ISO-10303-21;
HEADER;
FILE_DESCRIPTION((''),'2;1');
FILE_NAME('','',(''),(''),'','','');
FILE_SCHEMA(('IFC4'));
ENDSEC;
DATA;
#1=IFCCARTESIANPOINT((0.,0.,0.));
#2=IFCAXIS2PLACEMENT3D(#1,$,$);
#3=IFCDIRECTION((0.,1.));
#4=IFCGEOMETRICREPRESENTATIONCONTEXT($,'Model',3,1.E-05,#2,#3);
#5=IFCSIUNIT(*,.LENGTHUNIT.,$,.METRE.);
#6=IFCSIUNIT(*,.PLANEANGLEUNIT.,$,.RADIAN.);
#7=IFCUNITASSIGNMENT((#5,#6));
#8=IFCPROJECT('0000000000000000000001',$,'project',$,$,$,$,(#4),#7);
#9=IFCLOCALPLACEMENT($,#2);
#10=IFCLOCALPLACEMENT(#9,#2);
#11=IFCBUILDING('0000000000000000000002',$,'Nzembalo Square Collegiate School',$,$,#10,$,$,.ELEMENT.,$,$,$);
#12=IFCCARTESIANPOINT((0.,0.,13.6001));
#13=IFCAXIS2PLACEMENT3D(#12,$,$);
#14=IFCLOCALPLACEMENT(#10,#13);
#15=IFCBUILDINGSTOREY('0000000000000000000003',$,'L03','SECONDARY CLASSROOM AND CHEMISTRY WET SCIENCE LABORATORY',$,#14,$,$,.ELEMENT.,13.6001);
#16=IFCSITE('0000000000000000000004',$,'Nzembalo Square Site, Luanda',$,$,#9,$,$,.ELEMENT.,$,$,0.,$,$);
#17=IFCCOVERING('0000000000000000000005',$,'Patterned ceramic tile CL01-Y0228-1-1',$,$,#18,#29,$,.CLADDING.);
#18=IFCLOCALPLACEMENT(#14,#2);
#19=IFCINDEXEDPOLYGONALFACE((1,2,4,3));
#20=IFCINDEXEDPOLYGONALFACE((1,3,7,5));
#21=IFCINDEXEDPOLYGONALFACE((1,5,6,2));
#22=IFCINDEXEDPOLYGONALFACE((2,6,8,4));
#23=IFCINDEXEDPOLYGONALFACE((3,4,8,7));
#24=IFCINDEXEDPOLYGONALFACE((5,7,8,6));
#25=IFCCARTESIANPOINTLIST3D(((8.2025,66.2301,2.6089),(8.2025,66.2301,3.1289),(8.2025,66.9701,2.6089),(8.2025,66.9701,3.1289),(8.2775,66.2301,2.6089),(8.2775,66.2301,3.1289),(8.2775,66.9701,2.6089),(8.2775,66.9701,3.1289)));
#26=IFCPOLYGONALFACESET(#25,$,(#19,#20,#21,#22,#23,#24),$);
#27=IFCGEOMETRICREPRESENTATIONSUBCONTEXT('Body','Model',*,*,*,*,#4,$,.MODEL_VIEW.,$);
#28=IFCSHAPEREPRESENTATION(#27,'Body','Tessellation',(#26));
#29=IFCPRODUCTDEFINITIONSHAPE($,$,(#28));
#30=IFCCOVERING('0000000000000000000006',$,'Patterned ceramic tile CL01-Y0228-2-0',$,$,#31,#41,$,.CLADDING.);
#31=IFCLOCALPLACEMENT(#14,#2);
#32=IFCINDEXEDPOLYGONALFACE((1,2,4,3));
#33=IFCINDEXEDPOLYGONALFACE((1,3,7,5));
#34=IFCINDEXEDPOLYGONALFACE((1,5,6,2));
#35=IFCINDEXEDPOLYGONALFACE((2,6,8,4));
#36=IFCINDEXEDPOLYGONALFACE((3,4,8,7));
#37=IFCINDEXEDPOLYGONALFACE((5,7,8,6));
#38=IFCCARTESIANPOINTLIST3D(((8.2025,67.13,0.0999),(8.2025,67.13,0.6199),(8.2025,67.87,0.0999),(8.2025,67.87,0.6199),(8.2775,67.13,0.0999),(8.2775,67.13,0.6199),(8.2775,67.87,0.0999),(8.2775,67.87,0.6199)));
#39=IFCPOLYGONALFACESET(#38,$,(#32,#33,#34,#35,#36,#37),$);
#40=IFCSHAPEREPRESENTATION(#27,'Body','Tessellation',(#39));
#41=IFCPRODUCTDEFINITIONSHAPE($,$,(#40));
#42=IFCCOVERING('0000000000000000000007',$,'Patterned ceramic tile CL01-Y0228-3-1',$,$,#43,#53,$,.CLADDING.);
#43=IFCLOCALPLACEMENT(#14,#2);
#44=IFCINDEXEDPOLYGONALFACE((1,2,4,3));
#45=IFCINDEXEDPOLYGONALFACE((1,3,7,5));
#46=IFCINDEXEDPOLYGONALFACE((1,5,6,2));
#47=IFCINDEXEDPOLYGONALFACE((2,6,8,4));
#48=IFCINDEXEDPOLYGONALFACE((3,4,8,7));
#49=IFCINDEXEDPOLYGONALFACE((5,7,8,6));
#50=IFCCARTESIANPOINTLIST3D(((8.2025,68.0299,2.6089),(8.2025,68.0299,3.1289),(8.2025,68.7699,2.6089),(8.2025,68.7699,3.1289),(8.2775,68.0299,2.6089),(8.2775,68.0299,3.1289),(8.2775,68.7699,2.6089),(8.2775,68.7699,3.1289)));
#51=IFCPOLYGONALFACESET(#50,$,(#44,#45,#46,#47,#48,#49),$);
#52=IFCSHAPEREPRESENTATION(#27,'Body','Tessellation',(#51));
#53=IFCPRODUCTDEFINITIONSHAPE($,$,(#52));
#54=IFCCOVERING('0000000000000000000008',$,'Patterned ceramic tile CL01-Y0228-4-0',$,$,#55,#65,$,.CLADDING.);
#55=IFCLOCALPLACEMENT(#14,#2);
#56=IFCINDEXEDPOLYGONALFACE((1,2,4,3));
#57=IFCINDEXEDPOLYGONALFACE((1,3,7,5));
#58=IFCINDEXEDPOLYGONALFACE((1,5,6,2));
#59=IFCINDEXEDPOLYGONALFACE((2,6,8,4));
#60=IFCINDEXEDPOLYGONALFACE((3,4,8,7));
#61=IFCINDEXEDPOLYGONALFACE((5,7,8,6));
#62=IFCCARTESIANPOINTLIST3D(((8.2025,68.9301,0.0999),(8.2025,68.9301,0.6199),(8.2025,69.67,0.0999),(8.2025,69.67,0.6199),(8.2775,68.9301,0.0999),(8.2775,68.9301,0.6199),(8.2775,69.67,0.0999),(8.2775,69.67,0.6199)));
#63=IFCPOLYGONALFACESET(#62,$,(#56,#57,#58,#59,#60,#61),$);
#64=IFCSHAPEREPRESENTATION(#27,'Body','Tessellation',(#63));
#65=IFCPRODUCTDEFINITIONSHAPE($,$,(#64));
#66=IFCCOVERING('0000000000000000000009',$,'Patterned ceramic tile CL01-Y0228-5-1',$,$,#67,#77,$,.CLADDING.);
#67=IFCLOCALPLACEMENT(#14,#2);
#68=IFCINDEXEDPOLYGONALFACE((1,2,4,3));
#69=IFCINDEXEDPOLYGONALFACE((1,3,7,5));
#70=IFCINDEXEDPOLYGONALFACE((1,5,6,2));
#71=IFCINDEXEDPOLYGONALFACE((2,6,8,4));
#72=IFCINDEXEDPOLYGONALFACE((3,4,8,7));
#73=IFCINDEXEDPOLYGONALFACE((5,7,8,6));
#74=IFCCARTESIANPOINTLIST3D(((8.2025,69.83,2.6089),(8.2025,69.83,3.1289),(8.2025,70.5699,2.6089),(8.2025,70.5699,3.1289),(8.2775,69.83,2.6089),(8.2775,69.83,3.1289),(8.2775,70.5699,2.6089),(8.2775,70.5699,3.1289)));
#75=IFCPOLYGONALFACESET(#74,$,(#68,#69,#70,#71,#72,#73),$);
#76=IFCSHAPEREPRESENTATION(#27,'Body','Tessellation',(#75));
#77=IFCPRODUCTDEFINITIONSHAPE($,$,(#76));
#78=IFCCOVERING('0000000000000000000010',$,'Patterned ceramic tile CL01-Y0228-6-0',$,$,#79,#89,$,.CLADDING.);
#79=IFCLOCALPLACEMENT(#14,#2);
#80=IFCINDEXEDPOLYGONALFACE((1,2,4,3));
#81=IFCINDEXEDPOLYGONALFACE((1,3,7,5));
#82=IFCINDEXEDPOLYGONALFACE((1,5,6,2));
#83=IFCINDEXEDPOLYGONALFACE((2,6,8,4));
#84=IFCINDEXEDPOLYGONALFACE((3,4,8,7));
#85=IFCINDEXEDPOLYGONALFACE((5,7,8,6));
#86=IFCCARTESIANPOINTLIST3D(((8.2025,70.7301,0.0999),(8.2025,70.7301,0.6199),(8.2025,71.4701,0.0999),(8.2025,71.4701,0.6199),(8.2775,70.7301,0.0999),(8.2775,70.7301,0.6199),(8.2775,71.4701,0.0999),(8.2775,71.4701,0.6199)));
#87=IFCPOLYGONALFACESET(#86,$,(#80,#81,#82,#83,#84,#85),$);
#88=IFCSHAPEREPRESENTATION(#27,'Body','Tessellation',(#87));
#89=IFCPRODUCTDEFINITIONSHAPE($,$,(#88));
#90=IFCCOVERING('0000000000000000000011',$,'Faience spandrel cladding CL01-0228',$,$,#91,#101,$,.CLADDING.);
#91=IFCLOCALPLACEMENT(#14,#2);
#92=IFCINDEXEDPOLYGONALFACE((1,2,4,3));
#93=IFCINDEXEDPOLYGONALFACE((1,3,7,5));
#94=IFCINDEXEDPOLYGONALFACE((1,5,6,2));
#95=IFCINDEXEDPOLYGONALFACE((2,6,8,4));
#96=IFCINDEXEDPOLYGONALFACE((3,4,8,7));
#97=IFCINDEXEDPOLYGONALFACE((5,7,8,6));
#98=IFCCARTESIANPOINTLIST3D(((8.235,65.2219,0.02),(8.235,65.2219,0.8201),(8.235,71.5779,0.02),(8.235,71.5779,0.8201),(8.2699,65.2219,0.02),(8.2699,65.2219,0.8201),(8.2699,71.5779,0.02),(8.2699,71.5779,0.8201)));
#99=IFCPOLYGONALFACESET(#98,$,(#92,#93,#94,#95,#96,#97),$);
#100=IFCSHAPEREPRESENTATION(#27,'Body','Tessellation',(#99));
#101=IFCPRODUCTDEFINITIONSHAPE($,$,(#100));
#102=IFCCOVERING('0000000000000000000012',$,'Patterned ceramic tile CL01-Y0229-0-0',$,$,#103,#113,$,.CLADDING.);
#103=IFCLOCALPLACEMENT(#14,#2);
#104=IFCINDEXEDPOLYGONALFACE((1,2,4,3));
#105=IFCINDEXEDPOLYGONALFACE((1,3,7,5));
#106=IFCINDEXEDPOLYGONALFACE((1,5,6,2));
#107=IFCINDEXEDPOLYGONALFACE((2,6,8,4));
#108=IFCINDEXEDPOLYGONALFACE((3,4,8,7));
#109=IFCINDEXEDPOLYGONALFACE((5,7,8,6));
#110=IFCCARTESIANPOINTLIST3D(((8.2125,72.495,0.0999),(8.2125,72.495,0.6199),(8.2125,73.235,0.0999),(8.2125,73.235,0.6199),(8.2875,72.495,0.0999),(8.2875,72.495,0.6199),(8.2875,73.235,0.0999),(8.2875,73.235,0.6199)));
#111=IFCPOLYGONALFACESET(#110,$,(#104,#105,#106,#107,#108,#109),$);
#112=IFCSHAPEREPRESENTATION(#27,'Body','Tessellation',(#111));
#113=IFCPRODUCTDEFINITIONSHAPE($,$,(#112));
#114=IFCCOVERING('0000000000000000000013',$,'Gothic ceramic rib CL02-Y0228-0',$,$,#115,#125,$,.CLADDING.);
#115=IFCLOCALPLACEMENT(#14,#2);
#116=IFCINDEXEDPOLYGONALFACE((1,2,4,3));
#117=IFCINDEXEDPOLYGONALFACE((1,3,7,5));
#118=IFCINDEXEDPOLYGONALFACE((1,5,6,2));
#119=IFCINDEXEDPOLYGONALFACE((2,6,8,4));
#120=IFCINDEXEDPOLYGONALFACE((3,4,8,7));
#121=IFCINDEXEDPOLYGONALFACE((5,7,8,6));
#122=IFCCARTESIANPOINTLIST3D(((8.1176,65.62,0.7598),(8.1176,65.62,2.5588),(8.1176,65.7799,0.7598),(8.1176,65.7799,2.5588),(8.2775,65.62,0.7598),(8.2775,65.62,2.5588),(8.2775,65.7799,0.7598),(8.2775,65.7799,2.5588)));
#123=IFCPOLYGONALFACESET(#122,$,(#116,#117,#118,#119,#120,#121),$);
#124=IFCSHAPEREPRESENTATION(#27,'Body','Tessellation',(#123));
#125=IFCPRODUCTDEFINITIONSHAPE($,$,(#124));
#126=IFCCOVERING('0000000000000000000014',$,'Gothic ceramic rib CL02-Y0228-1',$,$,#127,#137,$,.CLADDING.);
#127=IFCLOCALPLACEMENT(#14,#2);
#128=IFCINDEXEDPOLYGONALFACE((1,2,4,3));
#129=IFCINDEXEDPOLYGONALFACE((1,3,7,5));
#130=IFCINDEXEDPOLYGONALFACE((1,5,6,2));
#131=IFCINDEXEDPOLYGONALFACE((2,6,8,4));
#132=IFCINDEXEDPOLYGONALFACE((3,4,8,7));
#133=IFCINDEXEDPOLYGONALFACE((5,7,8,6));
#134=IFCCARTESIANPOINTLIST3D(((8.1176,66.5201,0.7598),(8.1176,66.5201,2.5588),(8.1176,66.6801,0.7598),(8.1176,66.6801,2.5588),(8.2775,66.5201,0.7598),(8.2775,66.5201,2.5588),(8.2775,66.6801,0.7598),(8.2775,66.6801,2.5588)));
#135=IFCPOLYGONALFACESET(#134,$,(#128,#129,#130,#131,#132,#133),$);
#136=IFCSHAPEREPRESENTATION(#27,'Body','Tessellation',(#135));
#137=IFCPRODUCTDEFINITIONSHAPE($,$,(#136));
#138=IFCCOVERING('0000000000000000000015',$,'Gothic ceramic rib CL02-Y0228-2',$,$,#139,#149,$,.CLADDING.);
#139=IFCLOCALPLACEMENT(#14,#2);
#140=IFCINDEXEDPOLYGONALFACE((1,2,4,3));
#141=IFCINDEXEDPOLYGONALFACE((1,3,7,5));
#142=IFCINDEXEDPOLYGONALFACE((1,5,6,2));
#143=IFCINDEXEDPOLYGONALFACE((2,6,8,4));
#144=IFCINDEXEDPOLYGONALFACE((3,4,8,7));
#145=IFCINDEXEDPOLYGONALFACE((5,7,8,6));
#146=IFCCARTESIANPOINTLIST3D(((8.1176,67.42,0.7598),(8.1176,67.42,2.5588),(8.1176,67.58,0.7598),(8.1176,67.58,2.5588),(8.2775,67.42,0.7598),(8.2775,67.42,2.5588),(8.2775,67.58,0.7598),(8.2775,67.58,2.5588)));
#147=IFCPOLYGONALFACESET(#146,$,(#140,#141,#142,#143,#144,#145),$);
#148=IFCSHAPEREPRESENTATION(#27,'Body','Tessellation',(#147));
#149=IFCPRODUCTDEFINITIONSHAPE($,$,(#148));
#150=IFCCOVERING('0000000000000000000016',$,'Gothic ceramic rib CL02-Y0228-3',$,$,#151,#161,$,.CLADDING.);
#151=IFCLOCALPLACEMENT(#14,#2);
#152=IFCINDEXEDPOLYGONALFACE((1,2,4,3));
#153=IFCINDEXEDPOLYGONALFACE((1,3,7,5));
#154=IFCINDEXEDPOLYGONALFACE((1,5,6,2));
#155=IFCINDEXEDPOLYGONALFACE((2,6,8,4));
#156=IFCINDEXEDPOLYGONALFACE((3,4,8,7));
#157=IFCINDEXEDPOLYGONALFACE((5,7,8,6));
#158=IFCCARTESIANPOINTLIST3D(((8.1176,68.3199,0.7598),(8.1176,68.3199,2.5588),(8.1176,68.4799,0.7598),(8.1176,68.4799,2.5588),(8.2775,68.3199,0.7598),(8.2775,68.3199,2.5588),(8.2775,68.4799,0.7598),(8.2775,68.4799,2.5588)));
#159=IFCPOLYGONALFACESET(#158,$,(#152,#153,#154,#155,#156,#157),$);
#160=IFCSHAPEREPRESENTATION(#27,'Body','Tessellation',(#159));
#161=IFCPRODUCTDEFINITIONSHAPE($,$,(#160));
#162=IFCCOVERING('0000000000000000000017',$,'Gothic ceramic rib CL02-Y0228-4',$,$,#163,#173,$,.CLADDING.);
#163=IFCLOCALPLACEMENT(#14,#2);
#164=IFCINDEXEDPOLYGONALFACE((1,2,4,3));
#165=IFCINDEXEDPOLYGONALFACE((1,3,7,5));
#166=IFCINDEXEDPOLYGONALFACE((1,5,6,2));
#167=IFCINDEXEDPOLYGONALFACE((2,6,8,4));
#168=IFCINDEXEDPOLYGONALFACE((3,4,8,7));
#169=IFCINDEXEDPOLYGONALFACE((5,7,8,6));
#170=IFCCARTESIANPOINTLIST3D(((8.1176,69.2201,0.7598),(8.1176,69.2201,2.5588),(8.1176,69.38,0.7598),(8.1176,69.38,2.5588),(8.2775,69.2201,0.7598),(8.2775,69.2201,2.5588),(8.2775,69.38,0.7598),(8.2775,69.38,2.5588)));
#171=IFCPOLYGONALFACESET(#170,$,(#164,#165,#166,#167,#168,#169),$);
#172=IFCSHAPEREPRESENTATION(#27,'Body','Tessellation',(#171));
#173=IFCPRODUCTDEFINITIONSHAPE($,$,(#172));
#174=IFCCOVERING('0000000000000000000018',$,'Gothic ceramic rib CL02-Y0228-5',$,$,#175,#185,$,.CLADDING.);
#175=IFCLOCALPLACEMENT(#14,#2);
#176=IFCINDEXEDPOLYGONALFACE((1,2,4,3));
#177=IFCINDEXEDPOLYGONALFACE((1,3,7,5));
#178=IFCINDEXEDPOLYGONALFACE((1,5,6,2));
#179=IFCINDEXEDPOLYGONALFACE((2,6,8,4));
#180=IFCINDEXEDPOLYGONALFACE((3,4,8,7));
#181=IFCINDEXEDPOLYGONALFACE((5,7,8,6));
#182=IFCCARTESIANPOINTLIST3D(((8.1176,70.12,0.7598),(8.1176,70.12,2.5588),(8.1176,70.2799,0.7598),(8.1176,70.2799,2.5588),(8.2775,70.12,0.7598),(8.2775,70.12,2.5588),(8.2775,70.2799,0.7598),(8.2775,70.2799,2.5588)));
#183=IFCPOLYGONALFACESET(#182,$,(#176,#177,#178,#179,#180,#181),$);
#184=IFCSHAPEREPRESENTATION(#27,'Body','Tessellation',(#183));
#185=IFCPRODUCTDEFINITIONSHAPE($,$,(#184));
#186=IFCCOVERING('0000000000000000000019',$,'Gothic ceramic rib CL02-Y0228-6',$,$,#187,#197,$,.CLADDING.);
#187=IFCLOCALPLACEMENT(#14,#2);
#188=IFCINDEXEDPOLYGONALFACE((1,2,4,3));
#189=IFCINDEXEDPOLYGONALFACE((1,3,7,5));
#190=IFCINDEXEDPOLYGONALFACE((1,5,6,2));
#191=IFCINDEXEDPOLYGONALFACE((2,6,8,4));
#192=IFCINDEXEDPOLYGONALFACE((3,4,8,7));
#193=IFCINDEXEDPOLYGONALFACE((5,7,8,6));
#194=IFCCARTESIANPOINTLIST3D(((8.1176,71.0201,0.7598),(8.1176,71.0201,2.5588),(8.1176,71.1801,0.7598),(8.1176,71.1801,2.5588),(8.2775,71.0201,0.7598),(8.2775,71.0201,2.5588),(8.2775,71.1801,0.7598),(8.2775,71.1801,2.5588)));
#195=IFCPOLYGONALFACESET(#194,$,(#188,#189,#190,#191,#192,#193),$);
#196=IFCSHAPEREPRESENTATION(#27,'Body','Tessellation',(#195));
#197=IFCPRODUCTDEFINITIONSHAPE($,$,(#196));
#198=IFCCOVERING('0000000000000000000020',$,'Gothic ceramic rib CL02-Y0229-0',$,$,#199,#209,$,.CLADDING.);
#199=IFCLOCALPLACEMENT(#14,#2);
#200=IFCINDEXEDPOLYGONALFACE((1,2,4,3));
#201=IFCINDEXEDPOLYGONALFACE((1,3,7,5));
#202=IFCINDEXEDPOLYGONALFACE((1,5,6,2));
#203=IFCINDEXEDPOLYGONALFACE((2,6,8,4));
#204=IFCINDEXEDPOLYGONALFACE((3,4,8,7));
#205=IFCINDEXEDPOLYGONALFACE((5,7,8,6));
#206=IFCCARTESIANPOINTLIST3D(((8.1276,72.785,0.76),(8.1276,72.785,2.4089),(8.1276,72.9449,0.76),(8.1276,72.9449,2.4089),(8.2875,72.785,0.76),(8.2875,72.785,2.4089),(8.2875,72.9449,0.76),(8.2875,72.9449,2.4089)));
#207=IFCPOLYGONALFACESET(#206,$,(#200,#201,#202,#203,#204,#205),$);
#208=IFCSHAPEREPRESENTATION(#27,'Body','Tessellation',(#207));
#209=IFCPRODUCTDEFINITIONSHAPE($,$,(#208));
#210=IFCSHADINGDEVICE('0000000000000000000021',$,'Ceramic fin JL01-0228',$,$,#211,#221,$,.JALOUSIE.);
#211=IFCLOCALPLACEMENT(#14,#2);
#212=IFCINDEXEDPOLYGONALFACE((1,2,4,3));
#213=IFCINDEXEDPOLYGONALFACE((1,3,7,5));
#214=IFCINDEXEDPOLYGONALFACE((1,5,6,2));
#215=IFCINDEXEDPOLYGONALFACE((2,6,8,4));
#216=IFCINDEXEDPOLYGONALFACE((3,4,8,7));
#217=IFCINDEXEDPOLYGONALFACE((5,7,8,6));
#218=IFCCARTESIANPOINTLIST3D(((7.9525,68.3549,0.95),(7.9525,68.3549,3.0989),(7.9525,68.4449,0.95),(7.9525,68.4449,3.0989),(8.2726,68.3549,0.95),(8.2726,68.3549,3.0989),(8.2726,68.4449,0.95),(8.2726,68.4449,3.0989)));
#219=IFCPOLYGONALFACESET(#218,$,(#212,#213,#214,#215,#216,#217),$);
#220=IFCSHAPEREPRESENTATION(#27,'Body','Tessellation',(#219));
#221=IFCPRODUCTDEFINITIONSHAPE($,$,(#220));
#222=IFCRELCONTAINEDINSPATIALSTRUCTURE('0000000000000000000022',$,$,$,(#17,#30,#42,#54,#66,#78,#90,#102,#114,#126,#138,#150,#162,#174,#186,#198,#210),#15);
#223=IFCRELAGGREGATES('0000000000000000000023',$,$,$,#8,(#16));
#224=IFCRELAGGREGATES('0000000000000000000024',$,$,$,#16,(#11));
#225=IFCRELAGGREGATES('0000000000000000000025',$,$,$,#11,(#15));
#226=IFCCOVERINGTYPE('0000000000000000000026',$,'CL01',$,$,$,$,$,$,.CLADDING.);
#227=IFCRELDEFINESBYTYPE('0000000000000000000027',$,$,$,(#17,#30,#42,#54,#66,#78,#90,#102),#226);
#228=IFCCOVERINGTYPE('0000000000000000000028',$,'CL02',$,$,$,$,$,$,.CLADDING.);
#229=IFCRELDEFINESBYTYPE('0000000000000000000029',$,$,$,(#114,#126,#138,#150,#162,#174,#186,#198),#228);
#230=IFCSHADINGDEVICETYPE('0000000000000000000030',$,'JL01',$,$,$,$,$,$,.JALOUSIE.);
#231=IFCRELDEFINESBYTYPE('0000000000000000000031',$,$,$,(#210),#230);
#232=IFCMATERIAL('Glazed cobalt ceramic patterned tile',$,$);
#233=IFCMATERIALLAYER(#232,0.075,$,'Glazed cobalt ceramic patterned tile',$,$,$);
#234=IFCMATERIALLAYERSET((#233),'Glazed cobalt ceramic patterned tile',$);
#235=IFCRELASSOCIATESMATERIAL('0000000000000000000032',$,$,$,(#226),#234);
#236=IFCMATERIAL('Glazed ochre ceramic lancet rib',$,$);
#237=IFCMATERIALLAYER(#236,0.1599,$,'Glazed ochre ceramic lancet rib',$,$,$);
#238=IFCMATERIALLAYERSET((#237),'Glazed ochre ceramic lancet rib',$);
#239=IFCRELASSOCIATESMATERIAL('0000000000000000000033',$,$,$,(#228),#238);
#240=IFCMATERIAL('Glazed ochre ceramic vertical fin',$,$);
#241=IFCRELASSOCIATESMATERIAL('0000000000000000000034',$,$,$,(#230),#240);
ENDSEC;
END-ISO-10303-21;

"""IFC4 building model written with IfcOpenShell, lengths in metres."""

from ifc_helpers import new_model, si_unit, direction, frame, origin, origin_2d, place, context, subcontext, project, spatial, rectangle, extrude, material, layer, layer_set, type_object, element, save


model = new_model("IFC4")

# Units and contexts
model_context = context("Model", 3, precision=1e-05, world=origin(), true_north=direction((0.0, 1.0)))
body_context = subcontext(model_context, "Body", "Model", "MODEL_VIEW")
ifc_project = project(units=[si_unit("LENGTHUNIT", "METRE"), si_unit("PLANEANGLEUNIT", "RADIAN")], contexts=[model_context])

# Site, building, storey
site_placement = place(None, origin())
site = spatial("IfcSite", under=ifc_project, at=site_placement, Name="Nzembalo Square Site, Luanda", CompositionType="ELEMENT", RefElevation=0.0)
building_placement = place(site_placement, origin())
building = spatial("IfcBuilding", under=site, at=building_placement, Name="Nzembalo Square Collegiate School", CompositionType="ELEMENT")
storey_placement = place(building_placement, frame((0.0, 0.0, 13.6001)))
storey = spatial("IfcBuildingStorey", under=building, at=storey_placement, Name="L03", Description="SECONDARY CLASSROOM AND CHEMISTRY WET SCIENCE LABORATORY", CompositionType="ELEMENT", Elevation=13.6001)

# Coverings
ifc_material_1 = material(Name="Glazed cobalt ceramic patterned tile")
ifc_layer_1 = layer(ifc_material_1, 0.075, Name="Glazed cobalt ceramic patterned tile")
ifc_layer_set_1 = layer_set([ifc_layer_1], Name="Glazed cobalt ceramic patterned tile")
covering_type_1 = type_object("IfcCoveringType", Name="CL01", PredefinedType="CLADDING", material=ifc_layer_set_1)
for number, where, z_axis, x_axis, name in (
    (1, (8.24, 66.6001, 2.6089), (0.0, 0.0, 1.0), (1.0, 0.0, 0.0), "Patterned ceramic tile CL01-Y0228-1-1"),
    (2, (8.24, 67.5, 0.0999), (0.0, 0.0, 1.0), (1.0, 0.0, 0.0), "Patterned ceramic tile CL01-Y0228-2-0"),
    (3, (8.24, 68.3999, 2.6089), (0.0, 0.0, 1.0), (1.0, 0.0, 0.0), "Patterned ceramic tile CL01-Y0228-3-1"),
    (4, (8.24, 69.3, 0.0999), (0.0, 0.0, 1.0), (1.0, 0.0, 0.0), "Patterned ceramic tile CL01-Y0228-4-0"),
    (5, (8.24, 70.2, 2.6089), (0.0, 0.0, 1.0), (1.0, 0.0, 0.0), "Patterned ceramic tile CL01-Y0228-5-1"),
    (6, (8.24, 71.1001, 0.0999), (0.0, 0.0, 1.0), (1.0, 0.0, 0.0), "Patterned ceramic tile CL01-Y0228-6-0"),
):
    element("IfcCovering", number, at=place(storey_placement, frame(where, z_axis=z_axis, x_axis=x_axis)), inside=storey, type_object=covering_type_1, Name=name, PredefinedType="CLADDING", context=body_context, shape_type="SweptSolid", body=[
        extrude(rectangle(XDim=0.075, YDim=0.74, at=origin_2d()), origin(), (0.0, 0.0, 1.0), 0.52),
    ])
covering_1_placement = place(storey_placement, frame((8.2524, 68.3999, 0.02), z_axis=(0.0, 0.0, 1.0), x_axis=(1.0, 0.0, 0.0)))
element("IfcCovering", 7, at=covering_1_placement, inside=storey, type_object=covering_type_1, Name="Faience spandrel cladding CL01-0228", PredefinedType="CLADDING", context=body_context, shape_type="SweptSolid", body=[
    extrude(rectangle(XDim=0.0349, YDim=6.356, at=origin_2d()), origin(), (0.0, 0.0, 1.0), 0.8),
])
covering_2_placement = place(storey_placement, frame((8.25, 72.865, 0.0999), z_axis=(0.0, 0.0, 1.0), x_axis=(1.0, 0.0, 0.0)))
element("IfcCovering", 8, at=covering_2_placement, inside=storey, type_object=covering_type_1, Name="Patterned ceramic tile CL01-Y0229-0-0", PredefinedType="CLADDING", context=body_context, shape_type="SweptSolid", body=[
    extrude(rectangle(XDim=0.075, YDim=0.74, at=origin_2d()), origin(), (0.0, 0.0, 1.0), 0.52),
])
ifc_material_2 = material(Name="Glazed ochre ceramic lancet rib")
ifc_layer_2 = layer(ifc_material_2, 0.1599, Name="Glazed ochre ceramic lancet rib")
ifc_layer_set_2 = layer_set([ifc_layer_2], Name="Glazed ochre ceramic lancet rib")
covering_type_2 = type_object("IfcCoveringType", Name="CL02", PredefinedType="CLADDING", material=ifc_layer_set_2)
for number, where, z_axis, x_axis, name in (
    (9, (8.1975, 65.7, 0.7598), (0.0, 0.0, 1.0), (1.0, 0.0, 0.0), "Gothic ceramic rib CL02-Y0228-0"),
    (10, (8.1975, 66.6001, 0.7598), (0.0, 0.0, 1.0), (1.0, 0.0, 0.0), "Gothic ceramic rib CL02-Y0228-1"),
    (11, (8.1975, 67.5, 0.7598), (0.0, 0.0, 1.0), (1.0, 0.0, 0.0), "Gothic ceramic rib CL02-Y0228-2"),
    (12, (8.1975, 68.3999, 0.7598), (0.0, 0.0, 1.0), (1.0, 0.0, 0.0), "Gothic ceramic rib CL02-Y0228-3"),
    (13, (8.1975, 69.3, 0.7598), (0.0, 0.0, 1.0), (1.0, 0.0, 0.0), "Gothic ceramic rib CL02-Y0228-4"),
    (14, (8.1975, 70.2, 0.7598), (0.0, 0.0, 1.0), (1.0, 0.0, 0.0), "Gothic ceramic rib CL02-Y0228-5"),
    (15, (8.1975, 71.1001, 0.7598), (0.0, 0.0, 1.0), (1.0, 0.0, 0.0), "Gothic ceramic rib CL02-Y0228-6"),
):
    element("IfcCovering", number, at=place(storey_placement, frame(where, z_axis=z_axis, x_axis=x_axis)), inside=storey, type_object=covering_type_2, Name=name, PredefinedType="CLADDING", context=body_context, shape_type="SweptSolid", body=[
        extrude(rectangle(XDim=0.1599, YDim=0.1599, at=origin_2d()), origin(), (0.0, 0.0, 1.0), 1.7991),
    ])
covering_3_placement = place(storey_placement, frame((8.2075, 72.865, 0.76), z_axis=(0.0, 0.0, 1.0), x_axis=(1.0, 0.0, 0.0)))
element("IfcCovering", 16, at=covering_3_placement, inside=storey, type_object=covering_type_2, Name="Gothic ceramic rib CL02-Y0229-0", PredefinedType="CLADDING", context=body_context, shape_type="SweptSolid", body=[
    extrude(rectangle(XDim=0.1599, YDim=0.1599, at=origin_2d()), origin(), (0.0, 0.0, 1.0), 1.6489),
])

# Shading device
ifc_material_3 = material(Name="Glazed ochre ceramic vertical fin")
shading_device_type = type_object("IfcShadingDeviceType", Name="JL01", PredefinedType="JALOUSIE", material=ifc_material_3)
shading_device_placement = place(storey_placement, frame((8.1125, 68.3999, 0.95), z_axis=(0.0, 0.0, 1.0), x_axis=(1.0, 0.0, 0.0)))
element("IfcShadingDevice", 17, at=shading_device_placement, inside=storey, type_object=shading_device_type, Name="Ceramic fin JL01-0228", PredefinedType="JALOUSIE", context=body_context, shape_type="SweptSolid", body=[
    extrude(rectangle(XDim=0.3201, YDim=0.0901, at=origin_2d()), origin(), (0.0, 0.0, 1.0), 2.1489),
])

save(model, "model.ifc")
